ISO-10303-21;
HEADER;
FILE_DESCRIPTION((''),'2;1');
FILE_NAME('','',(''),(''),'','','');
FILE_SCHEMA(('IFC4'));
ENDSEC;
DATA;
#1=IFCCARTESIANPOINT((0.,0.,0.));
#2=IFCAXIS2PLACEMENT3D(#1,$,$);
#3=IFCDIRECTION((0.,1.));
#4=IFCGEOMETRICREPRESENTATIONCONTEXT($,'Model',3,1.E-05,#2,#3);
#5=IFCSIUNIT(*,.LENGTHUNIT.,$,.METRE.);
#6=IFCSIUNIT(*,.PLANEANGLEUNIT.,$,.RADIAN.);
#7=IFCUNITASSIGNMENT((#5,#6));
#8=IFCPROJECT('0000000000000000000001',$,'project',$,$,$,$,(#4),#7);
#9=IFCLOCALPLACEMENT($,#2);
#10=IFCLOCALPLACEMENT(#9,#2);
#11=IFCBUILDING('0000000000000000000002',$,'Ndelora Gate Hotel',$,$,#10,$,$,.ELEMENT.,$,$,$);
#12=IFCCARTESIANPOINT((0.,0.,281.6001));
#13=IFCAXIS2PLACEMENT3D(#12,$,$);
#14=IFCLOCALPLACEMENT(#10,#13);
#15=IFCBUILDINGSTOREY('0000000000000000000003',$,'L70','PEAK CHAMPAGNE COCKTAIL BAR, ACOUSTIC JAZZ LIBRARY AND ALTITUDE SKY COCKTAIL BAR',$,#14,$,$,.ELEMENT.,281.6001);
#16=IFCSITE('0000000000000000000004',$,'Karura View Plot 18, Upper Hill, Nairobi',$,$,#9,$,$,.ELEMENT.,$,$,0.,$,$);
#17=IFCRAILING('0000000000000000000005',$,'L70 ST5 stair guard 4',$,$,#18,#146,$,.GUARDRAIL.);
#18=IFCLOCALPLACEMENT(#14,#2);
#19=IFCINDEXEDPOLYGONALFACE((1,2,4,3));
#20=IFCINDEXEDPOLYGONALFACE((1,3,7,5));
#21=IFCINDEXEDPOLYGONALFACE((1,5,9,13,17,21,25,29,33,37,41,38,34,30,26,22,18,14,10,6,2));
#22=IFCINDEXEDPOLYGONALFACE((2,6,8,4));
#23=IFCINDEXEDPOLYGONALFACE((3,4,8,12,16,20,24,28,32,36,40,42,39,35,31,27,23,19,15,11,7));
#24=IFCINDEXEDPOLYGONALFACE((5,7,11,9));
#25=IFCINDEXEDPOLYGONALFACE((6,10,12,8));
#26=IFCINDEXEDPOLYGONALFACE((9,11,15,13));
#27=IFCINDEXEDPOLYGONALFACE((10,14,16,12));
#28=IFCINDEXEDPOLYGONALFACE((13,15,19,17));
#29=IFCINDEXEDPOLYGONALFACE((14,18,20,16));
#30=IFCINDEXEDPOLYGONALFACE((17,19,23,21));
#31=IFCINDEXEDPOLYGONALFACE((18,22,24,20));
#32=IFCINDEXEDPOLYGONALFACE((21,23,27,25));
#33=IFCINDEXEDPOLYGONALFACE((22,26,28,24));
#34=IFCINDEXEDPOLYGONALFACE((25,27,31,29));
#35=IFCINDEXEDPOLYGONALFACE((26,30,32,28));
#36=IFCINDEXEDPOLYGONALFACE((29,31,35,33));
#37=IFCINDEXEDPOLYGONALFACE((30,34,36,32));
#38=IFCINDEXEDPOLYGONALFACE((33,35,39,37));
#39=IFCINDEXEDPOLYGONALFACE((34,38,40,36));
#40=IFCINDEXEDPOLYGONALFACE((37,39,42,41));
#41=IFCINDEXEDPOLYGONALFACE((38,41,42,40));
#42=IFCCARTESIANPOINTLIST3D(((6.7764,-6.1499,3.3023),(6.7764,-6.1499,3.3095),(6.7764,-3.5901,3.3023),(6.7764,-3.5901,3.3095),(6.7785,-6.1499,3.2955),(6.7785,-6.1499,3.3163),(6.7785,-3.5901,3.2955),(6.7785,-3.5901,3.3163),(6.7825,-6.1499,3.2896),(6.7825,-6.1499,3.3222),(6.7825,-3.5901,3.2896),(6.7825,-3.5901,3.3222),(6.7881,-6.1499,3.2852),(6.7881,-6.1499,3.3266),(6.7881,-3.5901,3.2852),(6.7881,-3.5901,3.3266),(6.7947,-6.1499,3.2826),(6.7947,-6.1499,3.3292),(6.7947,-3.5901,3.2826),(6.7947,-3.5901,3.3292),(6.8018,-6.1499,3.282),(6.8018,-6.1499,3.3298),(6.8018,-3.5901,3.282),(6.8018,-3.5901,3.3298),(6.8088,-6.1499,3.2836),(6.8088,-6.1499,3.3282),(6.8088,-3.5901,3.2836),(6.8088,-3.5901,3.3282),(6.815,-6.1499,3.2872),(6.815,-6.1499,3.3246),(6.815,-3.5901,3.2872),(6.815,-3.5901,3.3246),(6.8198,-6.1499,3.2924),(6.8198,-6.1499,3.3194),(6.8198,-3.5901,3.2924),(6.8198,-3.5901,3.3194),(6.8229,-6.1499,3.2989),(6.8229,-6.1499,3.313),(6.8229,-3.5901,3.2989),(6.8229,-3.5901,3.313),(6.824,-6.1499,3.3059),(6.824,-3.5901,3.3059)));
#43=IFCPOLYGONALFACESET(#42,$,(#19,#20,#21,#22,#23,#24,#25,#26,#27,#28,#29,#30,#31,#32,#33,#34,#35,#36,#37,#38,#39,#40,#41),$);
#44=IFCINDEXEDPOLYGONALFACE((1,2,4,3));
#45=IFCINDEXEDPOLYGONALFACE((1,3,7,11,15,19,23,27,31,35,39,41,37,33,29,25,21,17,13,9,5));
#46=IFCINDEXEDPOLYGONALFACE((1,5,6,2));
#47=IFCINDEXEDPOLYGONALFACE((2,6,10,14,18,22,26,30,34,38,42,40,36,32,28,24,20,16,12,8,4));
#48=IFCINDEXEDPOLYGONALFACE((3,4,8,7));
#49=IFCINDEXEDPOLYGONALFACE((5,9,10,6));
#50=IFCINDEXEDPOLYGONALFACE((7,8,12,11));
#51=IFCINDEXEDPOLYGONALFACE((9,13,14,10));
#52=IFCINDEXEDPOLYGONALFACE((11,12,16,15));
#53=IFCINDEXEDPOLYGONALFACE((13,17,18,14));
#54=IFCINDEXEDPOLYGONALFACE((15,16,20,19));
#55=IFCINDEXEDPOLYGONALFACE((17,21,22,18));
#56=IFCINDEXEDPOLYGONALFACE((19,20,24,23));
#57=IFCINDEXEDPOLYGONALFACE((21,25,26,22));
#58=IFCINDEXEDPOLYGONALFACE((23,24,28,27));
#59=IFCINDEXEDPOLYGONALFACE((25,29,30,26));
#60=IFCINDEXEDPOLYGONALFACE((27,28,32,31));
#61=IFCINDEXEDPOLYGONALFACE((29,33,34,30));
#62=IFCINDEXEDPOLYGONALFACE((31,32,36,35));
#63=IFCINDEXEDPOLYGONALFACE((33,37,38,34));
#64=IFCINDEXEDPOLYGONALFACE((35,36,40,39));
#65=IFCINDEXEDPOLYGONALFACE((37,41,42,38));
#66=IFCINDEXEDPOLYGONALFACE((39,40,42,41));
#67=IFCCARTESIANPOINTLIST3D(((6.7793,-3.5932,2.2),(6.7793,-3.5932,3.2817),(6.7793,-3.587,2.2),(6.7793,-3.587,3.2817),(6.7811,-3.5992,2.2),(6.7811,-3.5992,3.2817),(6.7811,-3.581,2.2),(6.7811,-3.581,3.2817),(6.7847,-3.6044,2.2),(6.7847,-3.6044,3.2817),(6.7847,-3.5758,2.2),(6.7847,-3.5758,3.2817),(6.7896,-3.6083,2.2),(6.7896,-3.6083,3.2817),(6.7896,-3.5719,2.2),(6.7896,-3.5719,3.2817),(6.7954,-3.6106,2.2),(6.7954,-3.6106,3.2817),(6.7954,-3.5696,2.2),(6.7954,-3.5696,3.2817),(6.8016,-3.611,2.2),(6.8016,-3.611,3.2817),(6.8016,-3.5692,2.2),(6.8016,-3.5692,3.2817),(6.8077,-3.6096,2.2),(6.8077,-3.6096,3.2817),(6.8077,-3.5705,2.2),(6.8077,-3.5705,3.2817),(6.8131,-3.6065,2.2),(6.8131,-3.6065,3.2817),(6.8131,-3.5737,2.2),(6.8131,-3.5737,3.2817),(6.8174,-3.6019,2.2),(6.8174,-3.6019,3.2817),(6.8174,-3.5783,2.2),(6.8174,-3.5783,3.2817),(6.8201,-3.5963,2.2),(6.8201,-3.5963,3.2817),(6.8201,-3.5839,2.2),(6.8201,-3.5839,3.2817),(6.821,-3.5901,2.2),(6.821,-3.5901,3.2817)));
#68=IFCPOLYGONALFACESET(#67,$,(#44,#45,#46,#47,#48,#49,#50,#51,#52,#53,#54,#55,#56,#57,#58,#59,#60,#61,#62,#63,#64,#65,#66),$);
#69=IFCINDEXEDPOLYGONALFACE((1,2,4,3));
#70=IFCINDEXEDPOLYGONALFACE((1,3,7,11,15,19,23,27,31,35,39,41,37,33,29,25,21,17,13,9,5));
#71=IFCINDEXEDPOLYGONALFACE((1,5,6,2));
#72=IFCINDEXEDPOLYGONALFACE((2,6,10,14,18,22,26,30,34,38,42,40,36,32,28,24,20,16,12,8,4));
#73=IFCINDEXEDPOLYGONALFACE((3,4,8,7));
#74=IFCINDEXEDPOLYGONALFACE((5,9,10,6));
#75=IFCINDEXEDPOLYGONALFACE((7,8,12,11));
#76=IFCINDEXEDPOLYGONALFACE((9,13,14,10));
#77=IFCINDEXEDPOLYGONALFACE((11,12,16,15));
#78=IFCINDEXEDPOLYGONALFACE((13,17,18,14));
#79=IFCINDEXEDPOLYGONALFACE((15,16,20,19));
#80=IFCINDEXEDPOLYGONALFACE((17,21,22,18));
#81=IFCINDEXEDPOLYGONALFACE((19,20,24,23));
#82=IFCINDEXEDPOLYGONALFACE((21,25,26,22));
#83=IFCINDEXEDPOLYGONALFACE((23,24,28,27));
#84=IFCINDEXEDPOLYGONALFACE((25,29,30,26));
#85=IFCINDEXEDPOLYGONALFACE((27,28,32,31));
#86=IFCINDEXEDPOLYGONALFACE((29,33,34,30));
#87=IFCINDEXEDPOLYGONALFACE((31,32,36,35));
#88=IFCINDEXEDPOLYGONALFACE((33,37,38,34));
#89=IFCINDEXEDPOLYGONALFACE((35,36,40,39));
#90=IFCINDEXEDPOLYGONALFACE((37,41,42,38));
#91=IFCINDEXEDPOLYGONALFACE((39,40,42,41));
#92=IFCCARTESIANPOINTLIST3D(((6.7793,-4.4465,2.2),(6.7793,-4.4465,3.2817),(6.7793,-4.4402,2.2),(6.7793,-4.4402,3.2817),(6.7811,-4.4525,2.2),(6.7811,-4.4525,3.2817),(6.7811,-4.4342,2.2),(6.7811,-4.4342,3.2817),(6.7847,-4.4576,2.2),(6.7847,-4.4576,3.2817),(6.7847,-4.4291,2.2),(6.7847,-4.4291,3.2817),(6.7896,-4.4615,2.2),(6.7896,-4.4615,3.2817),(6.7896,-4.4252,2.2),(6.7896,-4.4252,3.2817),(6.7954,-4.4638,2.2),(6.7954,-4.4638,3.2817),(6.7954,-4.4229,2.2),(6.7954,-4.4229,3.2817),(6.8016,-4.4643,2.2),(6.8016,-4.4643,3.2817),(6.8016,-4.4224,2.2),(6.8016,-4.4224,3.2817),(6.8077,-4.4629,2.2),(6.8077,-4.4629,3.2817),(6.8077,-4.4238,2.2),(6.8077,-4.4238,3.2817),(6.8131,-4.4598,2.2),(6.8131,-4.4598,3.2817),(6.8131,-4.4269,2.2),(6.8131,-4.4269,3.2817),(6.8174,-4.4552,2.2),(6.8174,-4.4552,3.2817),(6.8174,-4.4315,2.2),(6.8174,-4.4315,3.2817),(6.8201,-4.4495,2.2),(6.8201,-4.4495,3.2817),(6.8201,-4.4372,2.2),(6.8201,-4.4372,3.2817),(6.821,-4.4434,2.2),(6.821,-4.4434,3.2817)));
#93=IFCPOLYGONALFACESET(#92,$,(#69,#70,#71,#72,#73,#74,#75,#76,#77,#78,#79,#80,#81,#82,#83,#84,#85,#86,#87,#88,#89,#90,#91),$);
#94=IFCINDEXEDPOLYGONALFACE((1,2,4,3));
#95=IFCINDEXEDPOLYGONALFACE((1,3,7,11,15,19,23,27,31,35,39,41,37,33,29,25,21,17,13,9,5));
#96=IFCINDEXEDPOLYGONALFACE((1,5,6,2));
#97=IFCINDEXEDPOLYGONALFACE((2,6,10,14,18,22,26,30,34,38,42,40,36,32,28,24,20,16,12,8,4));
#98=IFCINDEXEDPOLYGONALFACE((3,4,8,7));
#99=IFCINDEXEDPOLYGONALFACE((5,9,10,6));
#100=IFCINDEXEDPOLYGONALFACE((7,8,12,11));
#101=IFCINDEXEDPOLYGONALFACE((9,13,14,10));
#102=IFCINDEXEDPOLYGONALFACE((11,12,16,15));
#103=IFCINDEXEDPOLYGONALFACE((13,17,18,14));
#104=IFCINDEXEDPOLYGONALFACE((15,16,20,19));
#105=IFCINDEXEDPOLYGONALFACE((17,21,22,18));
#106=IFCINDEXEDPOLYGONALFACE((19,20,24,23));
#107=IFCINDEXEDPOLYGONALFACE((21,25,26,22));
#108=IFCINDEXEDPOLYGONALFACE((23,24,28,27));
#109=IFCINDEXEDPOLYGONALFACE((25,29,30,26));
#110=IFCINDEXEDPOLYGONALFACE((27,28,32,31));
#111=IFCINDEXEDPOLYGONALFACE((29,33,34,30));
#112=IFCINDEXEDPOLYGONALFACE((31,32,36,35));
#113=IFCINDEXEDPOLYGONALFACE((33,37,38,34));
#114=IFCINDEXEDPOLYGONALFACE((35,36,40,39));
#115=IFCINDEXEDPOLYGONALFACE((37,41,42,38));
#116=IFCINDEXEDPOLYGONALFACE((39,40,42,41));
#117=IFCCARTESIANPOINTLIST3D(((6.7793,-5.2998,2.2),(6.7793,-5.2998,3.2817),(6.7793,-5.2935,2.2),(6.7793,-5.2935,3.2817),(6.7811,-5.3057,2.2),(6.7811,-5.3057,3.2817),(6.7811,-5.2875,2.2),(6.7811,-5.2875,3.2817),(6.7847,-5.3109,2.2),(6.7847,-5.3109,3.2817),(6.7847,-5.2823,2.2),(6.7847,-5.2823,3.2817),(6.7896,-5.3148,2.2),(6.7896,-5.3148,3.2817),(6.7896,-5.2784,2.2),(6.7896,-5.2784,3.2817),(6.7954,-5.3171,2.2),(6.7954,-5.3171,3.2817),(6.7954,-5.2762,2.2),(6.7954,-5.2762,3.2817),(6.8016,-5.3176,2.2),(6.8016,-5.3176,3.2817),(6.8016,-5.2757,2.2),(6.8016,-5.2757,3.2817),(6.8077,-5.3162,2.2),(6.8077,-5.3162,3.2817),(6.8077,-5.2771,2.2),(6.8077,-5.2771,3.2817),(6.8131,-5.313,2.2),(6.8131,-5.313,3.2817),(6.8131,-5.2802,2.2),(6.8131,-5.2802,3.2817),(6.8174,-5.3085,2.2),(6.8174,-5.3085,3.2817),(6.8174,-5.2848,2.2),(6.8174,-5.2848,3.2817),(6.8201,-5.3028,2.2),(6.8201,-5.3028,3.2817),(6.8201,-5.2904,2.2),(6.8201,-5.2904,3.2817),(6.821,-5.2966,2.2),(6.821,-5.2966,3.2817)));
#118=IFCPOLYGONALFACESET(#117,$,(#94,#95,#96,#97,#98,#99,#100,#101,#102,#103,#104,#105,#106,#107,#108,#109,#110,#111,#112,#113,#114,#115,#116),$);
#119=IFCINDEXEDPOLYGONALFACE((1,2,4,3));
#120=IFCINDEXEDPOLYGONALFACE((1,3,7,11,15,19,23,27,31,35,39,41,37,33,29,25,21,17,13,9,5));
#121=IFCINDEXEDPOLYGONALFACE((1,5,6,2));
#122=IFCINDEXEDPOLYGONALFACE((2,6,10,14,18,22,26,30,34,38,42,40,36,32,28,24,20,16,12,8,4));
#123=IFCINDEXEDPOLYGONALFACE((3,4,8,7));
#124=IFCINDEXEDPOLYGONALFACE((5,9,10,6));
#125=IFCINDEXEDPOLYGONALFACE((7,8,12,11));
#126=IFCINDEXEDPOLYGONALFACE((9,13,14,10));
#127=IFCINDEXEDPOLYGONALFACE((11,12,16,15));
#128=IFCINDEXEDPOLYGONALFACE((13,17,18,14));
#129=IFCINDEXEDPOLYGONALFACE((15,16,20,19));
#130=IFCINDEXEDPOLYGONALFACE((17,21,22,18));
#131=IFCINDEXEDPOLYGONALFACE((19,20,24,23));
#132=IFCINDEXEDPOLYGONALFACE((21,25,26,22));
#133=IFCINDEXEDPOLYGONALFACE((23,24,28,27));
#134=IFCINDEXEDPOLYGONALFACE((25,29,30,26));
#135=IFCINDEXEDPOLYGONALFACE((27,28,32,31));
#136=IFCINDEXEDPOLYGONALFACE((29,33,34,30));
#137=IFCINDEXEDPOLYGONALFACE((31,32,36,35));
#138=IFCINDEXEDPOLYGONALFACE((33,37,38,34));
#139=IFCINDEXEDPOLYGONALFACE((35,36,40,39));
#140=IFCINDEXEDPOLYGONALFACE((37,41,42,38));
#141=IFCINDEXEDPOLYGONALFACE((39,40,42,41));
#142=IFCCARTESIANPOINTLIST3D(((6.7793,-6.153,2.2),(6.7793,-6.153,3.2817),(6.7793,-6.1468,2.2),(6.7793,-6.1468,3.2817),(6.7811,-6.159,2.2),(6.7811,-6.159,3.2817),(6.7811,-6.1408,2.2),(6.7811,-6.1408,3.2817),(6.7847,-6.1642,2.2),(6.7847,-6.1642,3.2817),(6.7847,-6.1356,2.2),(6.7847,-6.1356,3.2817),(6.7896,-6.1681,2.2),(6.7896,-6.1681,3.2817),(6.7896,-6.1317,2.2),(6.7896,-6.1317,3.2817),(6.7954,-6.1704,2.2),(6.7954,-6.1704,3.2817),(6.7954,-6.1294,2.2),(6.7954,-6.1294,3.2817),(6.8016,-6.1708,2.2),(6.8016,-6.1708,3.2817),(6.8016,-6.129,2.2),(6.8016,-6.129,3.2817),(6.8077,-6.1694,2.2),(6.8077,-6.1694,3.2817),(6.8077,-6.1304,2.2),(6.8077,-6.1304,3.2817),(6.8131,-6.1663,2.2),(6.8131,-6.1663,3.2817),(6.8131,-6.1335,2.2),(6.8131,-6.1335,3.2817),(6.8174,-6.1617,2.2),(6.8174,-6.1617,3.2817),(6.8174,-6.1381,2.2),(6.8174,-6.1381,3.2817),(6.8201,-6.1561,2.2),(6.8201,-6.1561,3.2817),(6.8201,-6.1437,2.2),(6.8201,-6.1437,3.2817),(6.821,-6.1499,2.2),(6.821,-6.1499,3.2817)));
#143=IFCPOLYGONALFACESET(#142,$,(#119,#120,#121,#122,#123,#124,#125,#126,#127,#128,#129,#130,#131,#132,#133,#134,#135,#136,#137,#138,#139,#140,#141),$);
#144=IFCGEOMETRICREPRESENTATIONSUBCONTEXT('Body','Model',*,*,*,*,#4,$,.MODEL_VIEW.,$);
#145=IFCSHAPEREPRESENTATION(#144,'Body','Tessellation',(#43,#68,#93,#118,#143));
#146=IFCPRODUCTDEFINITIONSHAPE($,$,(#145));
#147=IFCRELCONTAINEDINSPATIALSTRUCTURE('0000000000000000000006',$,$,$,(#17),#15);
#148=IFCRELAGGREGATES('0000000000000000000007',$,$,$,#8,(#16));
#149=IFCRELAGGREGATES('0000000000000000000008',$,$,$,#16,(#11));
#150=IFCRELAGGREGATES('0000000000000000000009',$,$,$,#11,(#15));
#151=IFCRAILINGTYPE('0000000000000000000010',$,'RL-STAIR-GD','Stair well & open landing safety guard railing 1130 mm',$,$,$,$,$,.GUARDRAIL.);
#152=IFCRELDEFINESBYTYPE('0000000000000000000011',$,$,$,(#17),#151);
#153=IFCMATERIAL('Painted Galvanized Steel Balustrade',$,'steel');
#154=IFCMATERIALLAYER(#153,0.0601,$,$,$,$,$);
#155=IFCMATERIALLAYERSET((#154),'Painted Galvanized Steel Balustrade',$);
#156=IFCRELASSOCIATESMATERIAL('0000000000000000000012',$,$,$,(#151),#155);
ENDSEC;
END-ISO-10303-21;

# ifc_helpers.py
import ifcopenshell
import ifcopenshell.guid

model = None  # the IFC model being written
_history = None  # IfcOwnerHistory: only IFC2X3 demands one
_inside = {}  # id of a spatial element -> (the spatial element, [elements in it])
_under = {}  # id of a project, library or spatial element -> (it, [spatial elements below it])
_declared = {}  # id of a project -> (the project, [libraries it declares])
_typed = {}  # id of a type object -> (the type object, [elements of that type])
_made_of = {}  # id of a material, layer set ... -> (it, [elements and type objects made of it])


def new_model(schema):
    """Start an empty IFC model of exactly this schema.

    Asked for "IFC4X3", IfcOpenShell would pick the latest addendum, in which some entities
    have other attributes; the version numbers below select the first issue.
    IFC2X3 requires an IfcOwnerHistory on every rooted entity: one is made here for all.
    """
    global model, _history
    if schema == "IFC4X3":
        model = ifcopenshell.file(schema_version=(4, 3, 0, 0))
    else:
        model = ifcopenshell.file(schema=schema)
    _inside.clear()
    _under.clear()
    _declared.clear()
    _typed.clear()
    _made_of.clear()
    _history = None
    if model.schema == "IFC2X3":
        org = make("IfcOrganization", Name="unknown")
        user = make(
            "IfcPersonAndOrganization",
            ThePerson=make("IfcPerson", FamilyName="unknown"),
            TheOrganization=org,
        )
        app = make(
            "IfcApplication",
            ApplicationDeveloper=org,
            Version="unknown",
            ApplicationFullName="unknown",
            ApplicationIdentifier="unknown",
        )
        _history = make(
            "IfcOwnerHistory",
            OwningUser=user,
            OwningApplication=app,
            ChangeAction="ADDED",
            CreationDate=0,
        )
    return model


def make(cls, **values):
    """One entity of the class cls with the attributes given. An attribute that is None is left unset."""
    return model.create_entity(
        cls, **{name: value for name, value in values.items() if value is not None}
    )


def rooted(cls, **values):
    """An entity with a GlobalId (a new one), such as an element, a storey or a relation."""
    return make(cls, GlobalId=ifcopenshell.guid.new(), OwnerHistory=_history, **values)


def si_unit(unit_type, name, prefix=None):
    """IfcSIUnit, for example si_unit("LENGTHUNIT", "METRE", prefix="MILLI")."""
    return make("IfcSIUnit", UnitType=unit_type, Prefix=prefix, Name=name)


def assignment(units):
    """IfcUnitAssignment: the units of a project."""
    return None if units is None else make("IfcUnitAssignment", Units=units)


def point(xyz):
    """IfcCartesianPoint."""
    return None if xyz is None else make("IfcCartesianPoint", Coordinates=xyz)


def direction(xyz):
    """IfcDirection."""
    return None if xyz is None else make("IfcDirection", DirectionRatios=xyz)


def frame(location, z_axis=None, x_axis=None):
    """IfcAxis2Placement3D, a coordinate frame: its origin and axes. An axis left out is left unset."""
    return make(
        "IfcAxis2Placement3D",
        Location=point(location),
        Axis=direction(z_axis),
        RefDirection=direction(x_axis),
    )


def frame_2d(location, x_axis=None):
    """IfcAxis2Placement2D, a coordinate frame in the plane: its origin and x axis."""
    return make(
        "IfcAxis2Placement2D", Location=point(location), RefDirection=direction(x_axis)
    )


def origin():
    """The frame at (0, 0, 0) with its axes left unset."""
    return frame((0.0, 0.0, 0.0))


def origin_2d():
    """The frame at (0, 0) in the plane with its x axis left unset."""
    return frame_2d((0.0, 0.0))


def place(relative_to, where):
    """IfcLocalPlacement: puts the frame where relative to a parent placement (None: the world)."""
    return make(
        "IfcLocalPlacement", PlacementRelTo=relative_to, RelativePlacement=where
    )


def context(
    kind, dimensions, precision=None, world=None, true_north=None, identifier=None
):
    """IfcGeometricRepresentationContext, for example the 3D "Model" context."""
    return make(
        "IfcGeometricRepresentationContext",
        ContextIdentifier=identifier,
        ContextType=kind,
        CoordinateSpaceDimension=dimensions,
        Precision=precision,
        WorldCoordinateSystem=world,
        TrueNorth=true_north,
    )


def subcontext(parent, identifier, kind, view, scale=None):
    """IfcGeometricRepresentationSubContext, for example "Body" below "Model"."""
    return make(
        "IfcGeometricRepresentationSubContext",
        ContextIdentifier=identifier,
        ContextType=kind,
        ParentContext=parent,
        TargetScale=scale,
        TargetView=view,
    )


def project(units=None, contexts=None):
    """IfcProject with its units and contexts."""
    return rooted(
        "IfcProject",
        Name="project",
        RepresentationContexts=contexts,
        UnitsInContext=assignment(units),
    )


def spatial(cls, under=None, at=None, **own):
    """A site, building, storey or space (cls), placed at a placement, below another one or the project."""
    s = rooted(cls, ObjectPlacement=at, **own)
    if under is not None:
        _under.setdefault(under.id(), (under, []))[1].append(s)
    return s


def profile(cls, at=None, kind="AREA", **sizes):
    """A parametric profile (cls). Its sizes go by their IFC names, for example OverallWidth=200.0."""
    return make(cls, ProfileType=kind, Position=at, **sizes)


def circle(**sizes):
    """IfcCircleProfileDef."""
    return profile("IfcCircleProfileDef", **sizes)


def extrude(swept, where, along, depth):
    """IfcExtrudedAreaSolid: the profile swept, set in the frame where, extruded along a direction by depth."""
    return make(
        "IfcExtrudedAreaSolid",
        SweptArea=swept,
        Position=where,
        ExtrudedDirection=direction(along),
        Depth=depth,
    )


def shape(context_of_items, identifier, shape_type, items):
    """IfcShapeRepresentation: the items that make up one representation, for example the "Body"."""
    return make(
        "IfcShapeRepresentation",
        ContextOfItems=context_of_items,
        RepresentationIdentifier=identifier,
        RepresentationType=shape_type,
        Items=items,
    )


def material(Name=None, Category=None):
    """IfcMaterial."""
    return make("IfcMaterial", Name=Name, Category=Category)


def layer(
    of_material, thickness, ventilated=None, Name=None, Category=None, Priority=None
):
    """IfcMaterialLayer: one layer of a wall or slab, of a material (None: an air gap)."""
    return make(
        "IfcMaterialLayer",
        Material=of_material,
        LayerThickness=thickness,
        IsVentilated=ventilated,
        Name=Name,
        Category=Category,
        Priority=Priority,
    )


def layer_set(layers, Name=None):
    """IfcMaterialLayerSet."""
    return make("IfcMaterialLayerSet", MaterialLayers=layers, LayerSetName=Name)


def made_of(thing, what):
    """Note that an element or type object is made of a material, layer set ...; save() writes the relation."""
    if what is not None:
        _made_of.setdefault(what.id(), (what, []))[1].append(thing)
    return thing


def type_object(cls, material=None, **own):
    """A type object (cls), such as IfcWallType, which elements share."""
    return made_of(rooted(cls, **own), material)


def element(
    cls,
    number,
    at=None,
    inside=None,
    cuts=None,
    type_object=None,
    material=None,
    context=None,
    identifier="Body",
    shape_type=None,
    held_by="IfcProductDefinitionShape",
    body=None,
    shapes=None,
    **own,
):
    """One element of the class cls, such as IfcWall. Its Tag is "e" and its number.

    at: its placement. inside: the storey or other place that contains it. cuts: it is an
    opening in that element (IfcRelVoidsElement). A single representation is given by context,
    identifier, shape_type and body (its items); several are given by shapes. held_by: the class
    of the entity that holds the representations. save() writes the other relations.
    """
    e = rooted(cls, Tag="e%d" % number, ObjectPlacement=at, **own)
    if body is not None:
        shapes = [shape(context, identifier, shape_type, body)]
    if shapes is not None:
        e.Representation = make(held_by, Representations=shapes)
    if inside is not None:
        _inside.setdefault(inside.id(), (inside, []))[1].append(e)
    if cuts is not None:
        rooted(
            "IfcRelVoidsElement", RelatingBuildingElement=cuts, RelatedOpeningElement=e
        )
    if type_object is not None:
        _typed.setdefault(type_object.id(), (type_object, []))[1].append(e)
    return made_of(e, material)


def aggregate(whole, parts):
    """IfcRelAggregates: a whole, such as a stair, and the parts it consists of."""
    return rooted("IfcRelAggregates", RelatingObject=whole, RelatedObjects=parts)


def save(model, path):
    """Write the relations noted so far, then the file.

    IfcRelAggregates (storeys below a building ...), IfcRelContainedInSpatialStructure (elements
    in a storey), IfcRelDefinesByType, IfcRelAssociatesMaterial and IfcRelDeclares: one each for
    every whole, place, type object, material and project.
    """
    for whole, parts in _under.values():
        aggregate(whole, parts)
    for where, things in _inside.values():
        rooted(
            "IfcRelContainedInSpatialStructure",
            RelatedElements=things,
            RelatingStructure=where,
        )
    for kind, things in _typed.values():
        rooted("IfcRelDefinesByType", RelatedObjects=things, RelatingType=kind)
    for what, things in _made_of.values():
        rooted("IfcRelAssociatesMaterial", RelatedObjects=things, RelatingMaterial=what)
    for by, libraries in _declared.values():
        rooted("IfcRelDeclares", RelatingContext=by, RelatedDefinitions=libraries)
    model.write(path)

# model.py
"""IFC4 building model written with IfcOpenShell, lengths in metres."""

from ifc_helpers import new_model, si_unit, direction, frame, origin, origin_2d, place, context, subcontext, project, spatial, circle, extrude, material, layer, layer_set, type_object, element, save


model = new_model("IFC4")

# Units and contexts
model_context = context("Model", 3, precision=1e-05, world=origin(), true_north=direction((0.0, 1.0)))
body_context = subcontext(model_context, "Body", "Model", "MODEL_VIEW")
ifc_project = project(units=[si_unit("LENGTHUNIT", "METRE"), si_unit("PLANEANGLEUNIT", "RADIAN")], contexts=[model_context])

# Site, building, storey
site_placement = place(None, origin())
site = spatial("IfcSite", under=ifc_project, at=site_placement, Name="Karura View Plot 18, Upper Hill, Nairobi", CompositionType="ELEMENT", RefElevation=0.0)
building_placement = place(site_placement, origin())
building = spatial("IfcBuilding", under=site, at=building_placement, Name="Ndelora Gate Hotel", CompositionType="ELEMENT")
storey_placement = place(building_placement, frame((0.0, 0.0, 281.6001)))
storey = spatial("IfcBuildingStorey", under=building, at=storey_placement, Name="L70", Description="PEAK CHAMPAGNE COCKTAIL BAR, ACOUSTIC JAZZ LIBRARY AND ALTITUDE SKY COCKTAIL BAR", CompositionType="ELEMENT", Elevation=281.6001)

# Railing
ifc_material_1 = material(Name="Painted Galvanized Steel Balustrade", Category="steel")
ifc_layer_1 = layer(ifc_material_1, 0.0601)
ifc_layer_set_1 = layer_set([ifc_layer_1], Name="Painted Galvanized Steel Balustrade")
railing_type_1 = type_object("IfcRailingType", Name="RL-STAIR-GD", Description="Stair well & open landing safety guard railing 1130 mm", PredefinedType="GUARDRAIL", material=ifc_layer_set_1)
for number, where, name in (
    (1, (6.8, -3.5901, 2.2), "L70 ST5 stair guard 4"),
):
    element("IfcRailing", number, at=place(storey_placement, frame(where)), inside=storey, type_object=railing_type_1, Name=name, PredefinedType="GUARDRAIL", context=body_context, shape_type="SweptSolid", body=[
        extrude(circle(Radius=0.0239, at=origin_2d()), frame((0.0, 0.0, 1.106), z_axis=(0.0, -1.0, 0.0), x_axis=(1.0, 0.0, 0.0)), (0.0, 0.0, 1.0), 2.5598),
        extrude(circle(Radius=0.021, at=origin_2d()), origin(), (0.0, 0.0, 1.0), 1.0818),
        extrude(circle(Radius=0.021, at=origin_2d()), frame((0.0, -0.8533, 0.0)), (0.0, 0.0, 1.0), 1.0818),
        extrude(circle(Radius=0.021, at=origin_2d()), frame((0.0, -1.7065, 0.0)), (0.0, 0.0, 1.0), 1.0818),
        extrude(circle(Radius=0.021, at=origin_2d()), frame((0.0, -2.5598, 0.0)), (0.0, 0.0, 1.0), 1.0818),
    ])

save(model, "model.ifc")
